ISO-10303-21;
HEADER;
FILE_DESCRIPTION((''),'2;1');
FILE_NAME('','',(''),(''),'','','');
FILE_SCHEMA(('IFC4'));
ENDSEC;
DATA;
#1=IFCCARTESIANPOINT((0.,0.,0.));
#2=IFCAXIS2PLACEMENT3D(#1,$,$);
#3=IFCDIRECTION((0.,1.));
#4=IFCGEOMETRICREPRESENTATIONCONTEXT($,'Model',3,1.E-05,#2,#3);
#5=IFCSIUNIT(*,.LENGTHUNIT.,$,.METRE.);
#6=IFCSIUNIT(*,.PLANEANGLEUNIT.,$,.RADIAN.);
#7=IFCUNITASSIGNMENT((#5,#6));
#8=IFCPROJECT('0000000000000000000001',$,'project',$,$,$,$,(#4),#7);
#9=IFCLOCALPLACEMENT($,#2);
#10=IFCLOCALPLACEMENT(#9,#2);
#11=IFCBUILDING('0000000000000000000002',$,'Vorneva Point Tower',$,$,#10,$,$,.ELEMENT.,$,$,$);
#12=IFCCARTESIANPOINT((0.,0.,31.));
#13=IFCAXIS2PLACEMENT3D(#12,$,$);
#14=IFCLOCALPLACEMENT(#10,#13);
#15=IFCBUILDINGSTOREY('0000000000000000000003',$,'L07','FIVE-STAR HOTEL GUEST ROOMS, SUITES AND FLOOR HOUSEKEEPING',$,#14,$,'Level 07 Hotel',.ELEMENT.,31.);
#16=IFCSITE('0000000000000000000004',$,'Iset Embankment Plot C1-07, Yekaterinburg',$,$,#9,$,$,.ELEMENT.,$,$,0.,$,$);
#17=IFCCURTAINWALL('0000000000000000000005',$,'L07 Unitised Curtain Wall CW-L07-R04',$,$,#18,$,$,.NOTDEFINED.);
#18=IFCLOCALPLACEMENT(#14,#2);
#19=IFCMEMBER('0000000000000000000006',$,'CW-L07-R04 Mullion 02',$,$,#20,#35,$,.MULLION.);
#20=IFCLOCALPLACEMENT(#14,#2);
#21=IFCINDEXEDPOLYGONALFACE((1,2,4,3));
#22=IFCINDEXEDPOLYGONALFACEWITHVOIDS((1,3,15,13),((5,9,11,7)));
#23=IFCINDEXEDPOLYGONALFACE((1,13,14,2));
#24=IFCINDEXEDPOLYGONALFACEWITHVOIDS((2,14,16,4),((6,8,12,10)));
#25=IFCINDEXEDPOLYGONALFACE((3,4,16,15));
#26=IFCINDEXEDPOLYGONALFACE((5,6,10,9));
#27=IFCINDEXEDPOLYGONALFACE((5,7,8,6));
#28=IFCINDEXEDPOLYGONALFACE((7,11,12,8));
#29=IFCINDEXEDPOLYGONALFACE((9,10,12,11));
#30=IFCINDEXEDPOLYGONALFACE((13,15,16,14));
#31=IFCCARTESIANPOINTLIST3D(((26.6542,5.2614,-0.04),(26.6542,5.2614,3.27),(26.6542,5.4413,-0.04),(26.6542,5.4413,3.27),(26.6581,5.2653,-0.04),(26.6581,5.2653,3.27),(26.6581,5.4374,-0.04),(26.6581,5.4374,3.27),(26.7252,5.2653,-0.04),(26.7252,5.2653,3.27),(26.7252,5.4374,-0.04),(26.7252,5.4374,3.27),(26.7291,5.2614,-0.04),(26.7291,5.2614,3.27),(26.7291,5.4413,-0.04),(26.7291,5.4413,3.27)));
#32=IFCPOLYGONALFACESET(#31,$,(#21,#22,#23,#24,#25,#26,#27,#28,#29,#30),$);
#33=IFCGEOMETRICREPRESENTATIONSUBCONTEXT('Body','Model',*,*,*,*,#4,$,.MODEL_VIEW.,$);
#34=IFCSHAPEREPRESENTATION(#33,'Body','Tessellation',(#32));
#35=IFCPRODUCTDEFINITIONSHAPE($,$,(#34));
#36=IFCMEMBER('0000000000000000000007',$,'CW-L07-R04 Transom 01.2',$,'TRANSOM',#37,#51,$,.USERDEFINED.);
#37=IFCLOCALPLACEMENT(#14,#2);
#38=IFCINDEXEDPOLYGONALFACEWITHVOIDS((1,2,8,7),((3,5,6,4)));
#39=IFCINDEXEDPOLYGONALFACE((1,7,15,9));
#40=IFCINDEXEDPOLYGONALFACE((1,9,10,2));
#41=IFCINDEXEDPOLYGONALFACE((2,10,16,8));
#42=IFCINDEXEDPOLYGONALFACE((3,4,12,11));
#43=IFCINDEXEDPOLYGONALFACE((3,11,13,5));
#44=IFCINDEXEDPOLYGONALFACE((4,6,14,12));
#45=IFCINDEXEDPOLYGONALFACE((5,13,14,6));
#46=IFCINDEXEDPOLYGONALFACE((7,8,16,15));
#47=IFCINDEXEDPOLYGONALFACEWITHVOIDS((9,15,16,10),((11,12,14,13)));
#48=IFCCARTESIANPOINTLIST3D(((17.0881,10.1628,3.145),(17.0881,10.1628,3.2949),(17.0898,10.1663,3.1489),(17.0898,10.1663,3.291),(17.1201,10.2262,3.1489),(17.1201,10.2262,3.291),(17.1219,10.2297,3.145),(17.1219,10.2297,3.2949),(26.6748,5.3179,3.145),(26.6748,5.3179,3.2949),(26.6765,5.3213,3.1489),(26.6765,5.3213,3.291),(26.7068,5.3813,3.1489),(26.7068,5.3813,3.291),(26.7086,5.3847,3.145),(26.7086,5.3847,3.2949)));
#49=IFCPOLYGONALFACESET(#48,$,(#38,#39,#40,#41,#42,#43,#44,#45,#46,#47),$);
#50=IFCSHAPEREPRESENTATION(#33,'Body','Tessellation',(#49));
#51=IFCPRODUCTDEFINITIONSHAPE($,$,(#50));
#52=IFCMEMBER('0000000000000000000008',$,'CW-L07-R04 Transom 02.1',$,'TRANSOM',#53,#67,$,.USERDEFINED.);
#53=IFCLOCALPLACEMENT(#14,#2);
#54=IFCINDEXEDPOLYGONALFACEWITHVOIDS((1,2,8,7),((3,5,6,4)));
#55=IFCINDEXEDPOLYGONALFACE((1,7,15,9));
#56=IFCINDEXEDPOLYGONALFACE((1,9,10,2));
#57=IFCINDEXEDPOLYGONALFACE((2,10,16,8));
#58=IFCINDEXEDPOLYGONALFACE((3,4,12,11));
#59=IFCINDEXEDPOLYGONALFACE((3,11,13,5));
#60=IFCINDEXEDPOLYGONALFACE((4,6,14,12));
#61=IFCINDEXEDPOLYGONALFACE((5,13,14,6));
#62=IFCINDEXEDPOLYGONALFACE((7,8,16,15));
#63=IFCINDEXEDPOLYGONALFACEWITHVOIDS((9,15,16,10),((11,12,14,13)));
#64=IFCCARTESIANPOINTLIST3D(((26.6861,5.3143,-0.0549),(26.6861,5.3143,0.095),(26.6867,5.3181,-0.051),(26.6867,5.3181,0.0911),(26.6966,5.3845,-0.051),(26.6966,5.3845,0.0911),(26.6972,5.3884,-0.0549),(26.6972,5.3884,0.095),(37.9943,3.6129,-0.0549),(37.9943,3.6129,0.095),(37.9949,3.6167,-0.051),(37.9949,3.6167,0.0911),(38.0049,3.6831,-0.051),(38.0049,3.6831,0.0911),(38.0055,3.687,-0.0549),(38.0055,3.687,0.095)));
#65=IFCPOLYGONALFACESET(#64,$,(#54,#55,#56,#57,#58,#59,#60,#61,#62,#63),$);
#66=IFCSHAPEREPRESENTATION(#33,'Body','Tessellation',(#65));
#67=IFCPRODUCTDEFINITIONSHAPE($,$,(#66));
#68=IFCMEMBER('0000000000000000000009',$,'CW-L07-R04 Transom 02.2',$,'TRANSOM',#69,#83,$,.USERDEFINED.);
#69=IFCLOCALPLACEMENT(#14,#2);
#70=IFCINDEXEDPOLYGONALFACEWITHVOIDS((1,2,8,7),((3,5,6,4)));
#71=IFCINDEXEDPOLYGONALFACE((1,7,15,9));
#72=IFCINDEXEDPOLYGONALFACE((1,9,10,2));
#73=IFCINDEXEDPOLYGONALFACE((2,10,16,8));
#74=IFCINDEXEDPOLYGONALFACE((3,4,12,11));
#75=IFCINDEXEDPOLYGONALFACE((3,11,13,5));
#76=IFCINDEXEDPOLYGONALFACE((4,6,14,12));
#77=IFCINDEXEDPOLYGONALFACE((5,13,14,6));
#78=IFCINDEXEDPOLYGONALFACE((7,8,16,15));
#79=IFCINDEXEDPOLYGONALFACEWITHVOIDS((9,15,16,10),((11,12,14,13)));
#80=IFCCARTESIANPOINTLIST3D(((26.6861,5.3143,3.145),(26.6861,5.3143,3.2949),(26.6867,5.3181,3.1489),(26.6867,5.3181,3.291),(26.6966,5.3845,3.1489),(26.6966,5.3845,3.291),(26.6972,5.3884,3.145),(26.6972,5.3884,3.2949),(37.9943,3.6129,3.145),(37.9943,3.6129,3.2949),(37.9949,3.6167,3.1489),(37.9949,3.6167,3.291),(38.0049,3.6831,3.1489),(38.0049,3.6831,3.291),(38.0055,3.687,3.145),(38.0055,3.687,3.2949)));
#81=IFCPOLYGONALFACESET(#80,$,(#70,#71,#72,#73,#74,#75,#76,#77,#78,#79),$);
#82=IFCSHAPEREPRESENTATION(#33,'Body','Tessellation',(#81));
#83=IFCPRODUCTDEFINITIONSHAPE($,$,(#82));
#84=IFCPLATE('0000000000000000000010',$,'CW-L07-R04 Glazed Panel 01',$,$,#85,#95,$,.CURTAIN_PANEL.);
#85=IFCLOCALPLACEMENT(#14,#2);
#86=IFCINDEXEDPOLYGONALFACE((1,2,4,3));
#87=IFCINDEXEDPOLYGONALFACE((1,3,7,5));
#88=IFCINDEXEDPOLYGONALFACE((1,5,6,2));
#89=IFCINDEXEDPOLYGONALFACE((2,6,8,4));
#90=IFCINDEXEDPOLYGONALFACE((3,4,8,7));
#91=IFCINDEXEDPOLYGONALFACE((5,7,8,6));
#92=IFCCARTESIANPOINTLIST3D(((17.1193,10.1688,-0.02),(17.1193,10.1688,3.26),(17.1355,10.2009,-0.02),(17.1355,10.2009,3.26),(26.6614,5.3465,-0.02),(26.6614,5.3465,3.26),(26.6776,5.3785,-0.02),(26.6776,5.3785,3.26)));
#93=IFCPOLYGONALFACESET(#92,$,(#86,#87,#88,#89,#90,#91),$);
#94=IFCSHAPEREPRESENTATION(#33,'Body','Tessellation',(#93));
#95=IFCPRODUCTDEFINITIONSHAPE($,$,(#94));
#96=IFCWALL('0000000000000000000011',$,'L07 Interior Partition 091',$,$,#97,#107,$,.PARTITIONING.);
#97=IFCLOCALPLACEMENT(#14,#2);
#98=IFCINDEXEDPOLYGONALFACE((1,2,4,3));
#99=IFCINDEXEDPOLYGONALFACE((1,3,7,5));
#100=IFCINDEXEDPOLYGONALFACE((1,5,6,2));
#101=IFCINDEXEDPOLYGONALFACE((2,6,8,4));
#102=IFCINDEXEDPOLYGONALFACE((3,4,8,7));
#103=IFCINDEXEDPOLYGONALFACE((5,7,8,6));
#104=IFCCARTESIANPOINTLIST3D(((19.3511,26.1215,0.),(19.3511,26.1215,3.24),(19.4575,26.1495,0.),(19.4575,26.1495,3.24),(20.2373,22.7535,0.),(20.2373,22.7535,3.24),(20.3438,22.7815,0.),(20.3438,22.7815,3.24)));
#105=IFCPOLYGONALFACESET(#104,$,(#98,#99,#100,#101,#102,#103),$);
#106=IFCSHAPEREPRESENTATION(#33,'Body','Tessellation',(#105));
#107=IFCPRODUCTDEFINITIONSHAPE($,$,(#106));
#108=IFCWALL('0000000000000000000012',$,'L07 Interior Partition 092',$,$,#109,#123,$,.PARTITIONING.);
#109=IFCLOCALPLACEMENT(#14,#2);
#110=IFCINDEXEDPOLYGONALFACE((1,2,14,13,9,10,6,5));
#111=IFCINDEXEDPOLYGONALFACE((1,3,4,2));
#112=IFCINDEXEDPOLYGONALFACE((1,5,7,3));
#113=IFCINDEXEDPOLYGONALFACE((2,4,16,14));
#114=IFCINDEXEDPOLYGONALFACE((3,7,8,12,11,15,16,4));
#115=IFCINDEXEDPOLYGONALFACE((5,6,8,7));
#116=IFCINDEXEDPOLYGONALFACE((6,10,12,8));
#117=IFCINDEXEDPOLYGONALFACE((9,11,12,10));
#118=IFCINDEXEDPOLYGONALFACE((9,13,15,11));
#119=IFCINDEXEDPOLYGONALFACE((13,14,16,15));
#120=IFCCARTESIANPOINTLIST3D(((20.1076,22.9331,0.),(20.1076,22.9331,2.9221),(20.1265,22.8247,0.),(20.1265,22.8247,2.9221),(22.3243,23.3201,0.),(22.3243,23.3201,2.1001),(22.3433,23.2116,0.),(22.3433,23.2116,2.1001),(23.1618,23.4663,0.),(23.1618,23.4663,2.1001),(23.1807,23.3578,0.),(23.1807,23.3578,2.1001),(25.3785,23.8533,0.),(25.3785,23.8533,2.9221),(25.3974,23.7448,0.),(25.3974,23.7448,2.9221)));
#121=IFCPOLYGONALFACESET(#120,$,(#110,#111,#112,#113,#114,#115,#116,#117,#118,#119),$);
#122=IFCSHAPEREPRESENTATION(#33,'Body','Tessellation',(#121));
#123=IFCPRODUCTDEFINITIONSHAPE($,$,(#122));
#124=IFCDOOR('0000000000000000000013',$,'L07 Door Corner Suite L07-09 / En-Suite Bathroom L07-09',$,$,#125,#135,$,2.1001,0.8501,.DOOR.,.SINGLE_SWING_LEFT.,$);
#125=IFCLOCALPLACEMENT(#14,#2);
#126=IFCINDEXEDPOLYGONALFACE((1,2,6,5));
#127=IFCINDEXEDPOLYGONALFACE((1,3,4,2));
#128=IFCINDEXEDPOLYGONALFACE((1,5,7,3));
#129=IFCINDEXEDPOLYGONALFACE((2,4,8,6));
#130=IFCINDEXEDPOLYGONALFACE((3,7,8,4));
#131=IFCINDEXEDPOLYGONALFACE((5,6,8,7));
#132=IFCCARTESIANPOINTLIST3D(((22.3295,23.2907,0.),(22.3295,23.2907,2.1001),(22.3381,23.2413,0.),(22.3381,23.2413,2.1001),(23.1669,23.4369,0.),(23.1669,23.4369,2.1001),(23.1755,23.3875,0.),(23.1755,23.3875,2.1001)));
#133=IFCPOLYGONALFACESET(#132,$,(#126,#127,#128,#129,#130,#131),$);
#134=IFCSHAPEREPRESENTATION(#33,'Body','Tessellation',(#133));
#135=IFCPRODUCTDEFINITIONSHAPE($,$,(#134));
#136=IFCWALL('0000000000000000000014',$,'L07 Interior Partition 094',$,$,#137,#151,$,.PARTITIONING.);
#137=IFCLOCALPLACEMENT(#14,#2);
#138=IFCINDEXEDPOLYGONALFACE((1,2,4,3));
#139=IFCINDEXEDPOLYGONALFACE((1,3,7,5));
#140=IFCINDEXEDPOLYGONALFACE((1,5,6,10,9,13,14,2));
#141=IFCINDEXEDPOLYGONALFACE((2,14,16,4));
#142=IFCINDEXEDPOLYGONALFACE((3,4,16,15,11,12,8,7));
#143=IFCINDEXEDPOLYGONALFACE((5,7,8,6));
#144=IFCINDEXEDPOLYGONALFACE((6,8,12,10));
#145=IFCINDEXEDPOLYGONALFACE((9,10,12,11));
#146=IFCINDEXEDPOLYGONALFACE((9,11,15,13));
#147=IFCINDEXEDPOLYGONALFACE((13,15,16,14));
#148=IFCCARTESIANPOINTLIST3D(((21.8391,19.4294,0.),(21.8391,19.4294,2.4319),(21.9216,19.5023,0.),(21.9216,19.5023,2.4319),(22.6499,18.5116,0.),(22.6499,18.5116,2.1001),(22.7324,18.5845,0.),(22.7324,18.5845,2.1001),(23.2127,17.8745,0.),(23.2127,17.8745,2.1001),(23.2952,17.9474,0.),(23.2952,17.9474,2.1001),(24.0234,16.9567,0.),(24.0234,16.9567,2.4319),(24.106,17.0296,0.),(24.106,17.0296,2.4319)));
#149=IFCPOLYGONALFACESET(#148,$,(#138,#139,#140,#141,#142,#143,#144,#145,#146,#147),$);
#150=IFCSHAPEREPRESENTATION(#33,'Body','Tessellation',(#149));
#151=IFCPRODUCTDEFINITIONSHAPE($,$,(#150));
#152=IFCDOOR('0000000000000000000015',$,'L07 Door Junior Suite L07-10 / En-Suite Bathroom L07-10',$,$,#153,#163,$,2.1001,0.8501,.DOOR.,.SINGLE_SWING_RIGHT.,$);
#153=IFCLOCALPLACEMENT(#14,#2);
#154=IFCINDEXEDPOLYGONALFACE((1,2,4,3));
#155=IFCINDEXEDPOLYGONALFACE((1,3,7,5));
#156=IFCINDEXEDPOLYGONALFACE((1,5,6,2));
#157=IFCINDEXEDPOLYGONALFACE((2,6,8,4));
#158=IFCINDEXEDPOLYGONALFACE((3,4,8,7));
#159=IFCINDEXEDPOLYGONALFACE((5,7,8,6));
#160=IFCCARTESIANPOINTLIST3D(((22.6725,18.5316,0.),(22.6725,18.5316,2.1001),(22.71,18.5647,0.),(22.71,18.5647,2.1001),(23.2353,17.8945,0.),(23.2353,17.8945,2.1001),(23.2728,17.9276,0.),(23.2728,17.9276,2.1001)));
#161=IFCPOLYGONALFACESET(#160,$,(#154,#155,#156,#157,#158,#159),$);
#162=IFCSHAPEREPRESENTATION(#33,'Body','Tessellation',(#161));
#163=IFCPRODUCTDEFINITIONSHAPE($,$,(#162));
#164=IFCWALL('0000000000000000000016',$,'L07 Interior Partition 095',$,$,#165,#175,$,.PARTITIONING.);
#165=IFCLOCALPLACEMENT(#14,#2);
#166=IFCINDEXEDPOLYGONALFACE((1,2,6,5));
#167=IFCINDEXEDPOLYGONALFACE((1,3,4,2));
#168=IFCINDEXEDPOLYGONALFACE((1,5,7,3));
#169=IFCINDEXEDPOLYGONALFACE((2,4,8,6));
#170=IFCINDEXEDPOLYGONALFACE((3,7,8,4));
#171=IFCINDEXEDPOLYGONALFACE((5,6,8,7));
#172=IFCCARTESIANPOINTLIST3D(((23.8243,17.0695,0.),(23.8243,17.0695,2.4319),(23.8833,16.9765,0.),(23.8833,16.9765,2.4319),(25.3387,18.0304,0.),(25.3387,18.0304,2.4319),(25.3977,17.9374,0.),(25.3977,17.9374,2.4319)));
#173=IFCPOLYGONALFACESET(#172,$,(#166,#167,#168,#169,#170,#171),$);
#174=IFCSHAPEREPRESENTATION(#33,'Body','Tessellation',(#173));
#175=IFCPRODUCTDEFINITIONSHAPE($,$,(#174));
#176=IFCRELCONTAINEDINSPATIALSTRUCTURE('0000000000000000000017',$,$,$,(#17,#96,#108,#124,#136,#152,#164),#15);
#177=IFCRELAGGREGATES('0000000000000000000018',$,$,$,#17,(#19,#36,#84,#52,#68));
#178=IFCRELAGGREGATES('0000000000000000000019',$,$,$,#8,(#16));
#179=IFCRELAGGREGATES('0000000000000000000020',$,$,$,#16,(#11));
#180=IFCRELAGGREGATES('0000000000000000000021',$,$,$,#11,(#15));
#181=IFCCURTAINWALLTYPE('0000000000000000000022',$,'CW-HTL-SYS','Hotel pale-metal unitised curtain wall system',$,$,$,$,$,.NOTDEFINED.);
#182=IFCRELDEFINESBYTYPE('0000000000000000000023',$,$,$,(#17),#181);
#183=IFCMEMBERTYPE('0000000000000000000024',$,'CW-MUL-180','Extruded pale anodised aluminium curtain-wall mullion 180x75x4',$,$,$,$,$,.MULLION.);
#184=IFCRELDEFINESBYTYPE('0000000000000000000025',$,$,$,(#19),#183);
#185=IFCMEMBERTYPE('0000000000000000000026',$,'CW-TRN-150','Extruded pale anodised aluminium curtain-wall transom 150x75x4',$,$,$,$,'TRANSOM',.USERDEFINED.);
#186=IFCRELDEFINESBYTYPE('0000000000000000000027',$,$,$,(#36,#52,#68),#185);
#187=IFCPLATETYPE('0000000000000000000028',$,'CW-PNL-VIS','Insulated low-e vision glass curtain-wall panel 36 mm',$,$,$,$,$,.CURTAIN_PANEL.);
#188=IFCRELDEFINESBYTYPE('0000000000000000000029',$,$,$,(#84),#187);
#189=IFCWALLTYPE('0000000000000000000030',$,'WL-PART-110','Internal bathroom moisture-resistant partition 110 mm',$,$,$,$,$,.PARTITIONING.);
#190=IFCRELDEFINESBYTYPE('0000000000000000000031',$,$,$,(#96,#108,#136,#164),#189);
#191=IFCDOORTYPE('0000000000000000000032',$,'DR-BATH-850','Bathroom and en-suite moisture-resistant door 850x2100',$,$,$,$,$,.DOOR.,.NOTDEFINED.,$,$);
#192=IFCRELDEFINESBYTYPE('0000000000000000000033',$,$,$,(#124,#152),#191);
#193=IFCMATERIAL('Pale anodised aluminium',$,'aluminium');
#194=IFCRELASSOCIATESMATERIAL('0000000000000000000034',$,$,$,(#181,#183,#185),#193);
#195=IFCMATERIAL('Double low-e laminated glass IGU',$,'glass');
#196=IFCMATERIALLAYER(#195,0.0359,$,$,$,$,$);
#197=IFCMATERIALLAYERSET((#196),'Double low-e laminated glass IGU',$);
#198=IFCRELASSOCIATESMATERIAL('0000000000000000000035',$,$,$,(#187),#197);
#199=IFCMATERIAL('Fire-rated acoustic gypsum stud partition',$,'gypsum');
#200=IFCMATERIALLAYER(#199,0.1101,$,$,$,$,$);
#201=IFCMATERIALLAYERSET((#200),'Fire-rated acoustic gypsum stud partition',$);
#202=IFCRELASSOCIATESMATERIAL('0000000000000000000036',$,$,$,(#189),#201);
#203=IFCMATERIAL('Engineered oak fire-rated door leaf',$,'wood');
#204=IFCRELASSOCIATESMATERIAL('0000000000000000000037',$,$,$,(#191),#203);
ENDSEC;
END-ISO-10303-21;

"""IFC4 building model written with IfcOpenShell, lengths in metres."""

from ifc_helpers import new_model, si_unit, direction, frame, frame_2d, origin, origin_2d, place, context, subcontext, project, spatial, rectangle, hollow_rectangle, extrude, material, layer, layer_set, material_profile, profile_set, type_object, element, fill, aggregate, save


model = new_model("IFC4")

# Units and contexts
model_context = context("Model", 3, precision=1e-05, world=origin(), true_north=direction((0.0, 1.0)))
body_context = subcontext(model_context, "Body", "Model", "MODEL_VIEW")
ifc_project = project(units=[si_unit("LENGTHUNIT", "METRE"), si_unit("PLANEANGLEUNIT", "RADIAN")], contexts=[model_context])

# Site, building, storey
site_placement = place(None, origin())
site = spatial("IfcSite", under=ifc_project, at=site_placement, Name="Iset Embankment Plot C1-07, Yekaterinburg", CompositionType="ELEMENT", RefElevation=0.0)
building_placement = place(site_placement, origin())
building = spatial("IfcBuilding", under=site, at=building_placement, Name="Vorneva Point Tower", CompositionType="ELEMENT")
storey_placement = place(building_placement, frame((0.0, 0.0, 31.0)))
storey = spatial("IfcBuildingStorey", under=building, at=storey_placement, Name="L07", Description="FIVE-STAR HOTEL GUEST ROOMS, SUITES AND FLOOR HOUSEKEEPING", LongName="Level 07 Hotel", CompositionType="ELEMENT", Elevation=31.0)

# Curtain wall, members, plate
ifc_material_1 = material(Name="Pale anodised aluminium", Category="aluminium")
curtain_wall_type = type_object("IfcCurtainWallType", Name="CW-HTL-SYS", Description="Hotel pale-metal unitised curtain wall system", PredefinedType="NOTDEFINED", material=ifc_material_1)
curtain_wall_placement = place(storey_placement, origin())
curtain_wall = element("IfcCurtainWall", 1, at=curtain_wall_placement, inside=storey, type_object=curtain_wall_type, Name="L07 Unitised Curtain Wall CW-L07-R04", PredefinedType="NOTDEFINED")
ifc_material_profile_1 = material_profile(ifc_material_1, hollow_rectangle(XDim=0.075, YDim=0.1799, WallThickness=0.0039, at=origin_2d()), Name="AL-MUL 180x75x4")
ifc_profile_set_1 = profile_set([ifc_material_profile_1], Name="Pale anodised aluminium")
member_type_1 = type_object("IfcMemberType", Name="CW-MUL-180", Description="Extruded pale anodised aluminium curtain-wall mullion 180x75x4", PredefinedType="MULLION", material=ifc_profile_set_1)
member_1_placement = place(storey_placement, frame((26.6917, 5.3513, -0.04), z_axis=(0.0, 0.0, 1.0), x_axis=(1.0, 0.0, 0.0)))
member_1 = element("IfcMember", 2, at=member_1_placement, type_object=member_type_1, Name="CW-L07-R04 Mullion 02", PredefinedType="MULLION", context=body_context, shape_type="SweptSolid", body=[
    extrude(hollow_rectangle(XDim=0.075, YDim=0.1799, WallThickness=0.0039, at=origin_2d()), origin(), (0.0, 0.0, 1.0), 3.3101),
])
ifc_material_profile_2 = material_profile(ifc_material_1, hollow_rectangle(XDim=0.075, YDim=0.1499, WallThickness=0.0039, at=origin_2d()), Name="AL-TRN 150x75x4")
ifc_profile_set_2 = profile_set([ifc_material_profile_2], Name="Pale anodised aluminium")
member_type_2 = type_object("IfcMemberType", Name="CW-TRN-150", Description="Extruded pale anodised aluminium curtain-wall transom 150x75x4", ElementType="TRANSOM", PredefinedType="USERDEFINED", material=ifc_profile_set_2)
member_2_placement = place(storey_placement, frame((17.105, 10.1963, 3.22), z_axis=(0.892496, -0.451055, 0.0), x_axis=(0.451055, 0.892496, 0.0)))
member_2 = element("IfcMember", 3, at=member_2_placement, type_object=member_type_2, Name="CW-L07-R04 Transom 01.2", ObjectType="TRANSOM", PredefinedType="USERDEFINED", context=body_context, shape_type="SweptSolid", body=[
    extrude(hollow_rectangle(XDim=0.075, YDim=0.1499, WallThickness=0.0039, at=origin_2d()), origin(), (0.0, 0.0, 1.0), 10.7415),
])
member_3_placement = place(storey_placement, frame((26.6917, 5.3513, 0.02), z_axis=(0.98887, -0.148782, 0.0), x_axis=(0.148782, 0.98887, 0.0)))
member_3 = element("IfcMember", 4, at=member_3_placement, type_object=member_type_2, Name="CW-L07-R04 Transom 02.1", ObjectType="TRANSOM", PredefinedType="USERDEFINED", context=body_context, shape_type="SweptSolid", body=[
    extrude(hollow_rectangle(XDim=0.075, YDim=0.1499, WallThickness=0.0039, at=origin_2d()), origin(), (0.0, 0.0, 1.0), 11.4355),
])
member_4_placement = place(storey_placement, frame((26.6917, 5.3513, 3.22), z_axis=(0.98887, -0.148782, 0.0), x_axis=(0.148782, 0.98887, 0.0)))
member_4 = element("IfcMember", 5, at=member_4_placement, type_object=member_type_2, Name="CW-L07-R04 Transom 02.2", ObjectType="TRANSOM", PredefinedType="USERDEFINED", context=body_context, shape_type="SweptSolid", body=[
    extrude(hollow_rectangle(XDim=0.075, YDim=0.1499, WallThickness=0.0039, at=origin_2d()), origin(), (0.0, 0.0, 1.0), 11.4355),
])
ifc_material_2 = material(Name="Double low-e laminated glass IGU", Category="glass")
ifc_layer_1 = layer(ifc_material_2, 0.0359)
ifc_layer_set_1 = layer_set([ifc_layer_1], Name="Double low-e laminated glass IGU")
plate_type = type_object("IfcPlateType", Name="CW-PNL-VIS", Description="Insulated low-e vision glass curtain-wall panel 36 mm", PredefinedType="CURTAIN_PANEL", material=ifc_layer_set_1)
plate_placement = place(storey_placement, frame((21.8984, 7.7737, -0.02), z_axis=(0.0, 0.0, 1.0), x_axis=(0.892499, -0.451049, 0.0)))
plate = element("IfcPlate", 6, at=plate_placement, type_object=plate_type, Name="CW-L07-R04 Glazed Panel 01", PredefinedType="CURTAIN_PANEL", context=body_context, shape_type="SweptSolid", body=[
    extrude(rectangle(XDim=10.6914, YDim=0.0359, at=origin_2d()), origin(), (0.0, 0.0, 1.0), 3.28),
])
aggregate(curtain_wall, [member_1, member_2, plate, member_3, member_4])

# Wall
ifc_material_3 = material(Name="Fire-rated acoustic gypsum stud partition", Category="gypsum")
ifc_layer_2 = layer(ifc_material_3, 0.1101)
ifc_layer_set_2 = layer_set([ifc_layer_2], Name="Fire-rated acoustic gypsum stud partition")
wall_type_1 = type_object("IfcWallType", Name="WL-PART-110", Description="Internal bathroom moisture-resistant partition 110 mm", PredefinedType="PARTITIONING", material=ifc_layer_set_2)
wall_1_placement = place(storey_placement, frame((20.2905, 22.7676, 0.0), z_axis=(0.0, 0.0, 1.0), x_axis=(-0.254476, 0.967079, 0.0)))
element("IfcWall", 7, at=wall_1_placement, inside=storey, type_object=wall_type_1, Name="L07 Interior Partition 091", PredefinedType="PARTITIONING", context=body_context, shape_type="SweptSolid", body=[
    extrude(rectangle(XDim=3.4827, YDim=0.1101, at=frame_2d((1.7412, 0.0))), origin(), (0.0, 0.0, 1.0), 3.24),
])

# Walls, openings, doors
wall_2_placement = place(storey_placement, frame((25.3879, 23.7991, 0.0), z_axis=(0.0, 0.0, 1.0), x_axis=(-0.985101, -0.171979, 0.0)))
wall_2 = element("IfcWall", 8, at=wall_2_placement, inside=storey, type_object=wall_type_1, Name="L07 Interior Partition 092", PredefinedType="PARTITIONING", context=body_context, shape_type="SweptSolid", body=[
    extrude(rectangle(XDim=5.3506, YDim=0.1101, at=frame_2d((2.6753, 0.0))), origin(), (0.0, 0.0, 1.0), 2.9221),
])
opening_1_placement = place(wall_2_placement, frame((2.2502, 0.0, 0.0)))
opening_1 = element("IfcOpeningElement", 9, at=opening_1_placement, cuts=wall_2, PredefinedType="OPENING", context=body_context, shape_type="SweptSolid", body=[
    extrude(rectangle(XDim=0.8501, YDim=2.1001, at=frame_2d((0.425, 1.05))), frame((0.0, 0.0698, 0.0), z_axis=(0.0, -1.0, 0.0), x_axis=(1.0, 0.0, 0.0)), (0.0, 0.0, 1.0), 0.1399),
])
ifc_material_4 = material(Name="Engineered oak fire-rated door leaf", Category="wood")
door_type_1 = type_object("IfcDoorType", Name="DR-BATH-850", Description="Bathroom and en-suite moisture-resistant door 850x2100", OperationType="NOTDEFINED", PredefinedType="DOOR", material=ifc_material_4)
door_1_placement = place(opening_1_placement, origin())
door_1 = element("IfcDoor", 10, at=door_1_placement, inside=storey, type_object=door_type_1, Name="L07 Door Corner Suite L07-09 / En-Suite Bathroom L07-09", OperationType="SINGLE_SWING_LEFT", OverallHeight=2.1001, OverallWidth=0.8501, PredefinedType="DOOR", context=body_context, shape_type="SweptSolid", body=[
    extrude(rectangle(XDim=0.8501, YDim=2.1001, at=frame_2d((0.425, 1.05))), frame((0.0, 0.0249, 0.0), z_axis=(0.0, -1.0, 0.0), x_axis=(1.0, 0.0, 0.0)), (0.0, 0.0, 1.0), 0.05),
])
fill(opening_1, door_1)
wall_3_placement = place(storey_placement, frame((24.0647, 16.9932, 0.0), z_axis=(0.0, 0.0, 1.0), x_axis=(-0.66206, 0.749451, 0.0)))
wall_3 = element("IfcWall", 11, at=wall_3_placement, inside=storey, type_object=wall_type_1, Name="L07 Interior Partition 094", PredefinedType="PARTITIONING", context=body_context, shape_type="SweptSolid", body=[
    extrude(rectangle(XDim=3.2993, YDim=0.1101, at=frame_2d((1.6497, 0.0))), origin(), (0.0, 0.0, 1.0), 2.4319),
])
opening_2_placement = place(wall_3_placement, frame((1.2246, 0.0, 0.0)))
opening_2 = element("IfcOpeningElement", 12, at=opening_2_placement, cuts=wall_3, PredefinedType="OPENING", context=body_context, shape_type="SweptSolid", body=[
    extrude(rectangle(XDim=0.8501, YDim=2.1001, at=frame_2d((0.425, 1.05))), frame((0.0, 0.0698, 0.0), z_axis=(0.0, -1.0, 0.0), x_axis=(1.0, 0.0, 0.0)), (0.0, 0.0, 1.0), 0.1399),
])
door_2_placement = place(opening_2_placement, origin())
door_2 = element("IfcDoor", 13, at=door_2_placement, inside=storey, type_object=door_type_1, Name="L07 Door Junior Suite L07-10 / En-Suite Bathroom L07-10", OperationType="SINGLE_SWING_RIGHT", OverallHeight=2.1001, OverallWidth=0.8501, PredefinedType="DOOR", context=body_context, shape_type="SweptSolid", body=[
    extrude(rectangle(XDim=0.8501, YDim=2.1001, at=frame_2d((0.425, 1.05))), frame((0.0, 0.0249, 0.0), z_axis=(0.0, -1.0, 0.0), x_axis=(1.0, 0.0, 0.0)), (0.0, 0.0, 1.0), 0.05),
])
fill(opening_2, door_2)

# Wall
wall_4_placement = place(storey_placement, frame((25.3682, 17.9839, 0.0), z_axis=(0.0, 0.0, 1.0), x_axis=(-0.844361, -0.535774, 0.0)))
element("IfcWall", 14, at=wall_4_placement, inside=storey, type_object=wall_type_1, Name="L07 Interior Partition 095", PredefinedType="PARTITIONING", context=body_context, shape_type="SweptSolid", body=[
    extrude(rectangle(XDim=1.7935, YDim=0.1101, at=frame_2d((0.8967, 0.0))), origin(), (0.0, 0.0, 1.0), 2.4319),
])

save(model, "model.ifc")
